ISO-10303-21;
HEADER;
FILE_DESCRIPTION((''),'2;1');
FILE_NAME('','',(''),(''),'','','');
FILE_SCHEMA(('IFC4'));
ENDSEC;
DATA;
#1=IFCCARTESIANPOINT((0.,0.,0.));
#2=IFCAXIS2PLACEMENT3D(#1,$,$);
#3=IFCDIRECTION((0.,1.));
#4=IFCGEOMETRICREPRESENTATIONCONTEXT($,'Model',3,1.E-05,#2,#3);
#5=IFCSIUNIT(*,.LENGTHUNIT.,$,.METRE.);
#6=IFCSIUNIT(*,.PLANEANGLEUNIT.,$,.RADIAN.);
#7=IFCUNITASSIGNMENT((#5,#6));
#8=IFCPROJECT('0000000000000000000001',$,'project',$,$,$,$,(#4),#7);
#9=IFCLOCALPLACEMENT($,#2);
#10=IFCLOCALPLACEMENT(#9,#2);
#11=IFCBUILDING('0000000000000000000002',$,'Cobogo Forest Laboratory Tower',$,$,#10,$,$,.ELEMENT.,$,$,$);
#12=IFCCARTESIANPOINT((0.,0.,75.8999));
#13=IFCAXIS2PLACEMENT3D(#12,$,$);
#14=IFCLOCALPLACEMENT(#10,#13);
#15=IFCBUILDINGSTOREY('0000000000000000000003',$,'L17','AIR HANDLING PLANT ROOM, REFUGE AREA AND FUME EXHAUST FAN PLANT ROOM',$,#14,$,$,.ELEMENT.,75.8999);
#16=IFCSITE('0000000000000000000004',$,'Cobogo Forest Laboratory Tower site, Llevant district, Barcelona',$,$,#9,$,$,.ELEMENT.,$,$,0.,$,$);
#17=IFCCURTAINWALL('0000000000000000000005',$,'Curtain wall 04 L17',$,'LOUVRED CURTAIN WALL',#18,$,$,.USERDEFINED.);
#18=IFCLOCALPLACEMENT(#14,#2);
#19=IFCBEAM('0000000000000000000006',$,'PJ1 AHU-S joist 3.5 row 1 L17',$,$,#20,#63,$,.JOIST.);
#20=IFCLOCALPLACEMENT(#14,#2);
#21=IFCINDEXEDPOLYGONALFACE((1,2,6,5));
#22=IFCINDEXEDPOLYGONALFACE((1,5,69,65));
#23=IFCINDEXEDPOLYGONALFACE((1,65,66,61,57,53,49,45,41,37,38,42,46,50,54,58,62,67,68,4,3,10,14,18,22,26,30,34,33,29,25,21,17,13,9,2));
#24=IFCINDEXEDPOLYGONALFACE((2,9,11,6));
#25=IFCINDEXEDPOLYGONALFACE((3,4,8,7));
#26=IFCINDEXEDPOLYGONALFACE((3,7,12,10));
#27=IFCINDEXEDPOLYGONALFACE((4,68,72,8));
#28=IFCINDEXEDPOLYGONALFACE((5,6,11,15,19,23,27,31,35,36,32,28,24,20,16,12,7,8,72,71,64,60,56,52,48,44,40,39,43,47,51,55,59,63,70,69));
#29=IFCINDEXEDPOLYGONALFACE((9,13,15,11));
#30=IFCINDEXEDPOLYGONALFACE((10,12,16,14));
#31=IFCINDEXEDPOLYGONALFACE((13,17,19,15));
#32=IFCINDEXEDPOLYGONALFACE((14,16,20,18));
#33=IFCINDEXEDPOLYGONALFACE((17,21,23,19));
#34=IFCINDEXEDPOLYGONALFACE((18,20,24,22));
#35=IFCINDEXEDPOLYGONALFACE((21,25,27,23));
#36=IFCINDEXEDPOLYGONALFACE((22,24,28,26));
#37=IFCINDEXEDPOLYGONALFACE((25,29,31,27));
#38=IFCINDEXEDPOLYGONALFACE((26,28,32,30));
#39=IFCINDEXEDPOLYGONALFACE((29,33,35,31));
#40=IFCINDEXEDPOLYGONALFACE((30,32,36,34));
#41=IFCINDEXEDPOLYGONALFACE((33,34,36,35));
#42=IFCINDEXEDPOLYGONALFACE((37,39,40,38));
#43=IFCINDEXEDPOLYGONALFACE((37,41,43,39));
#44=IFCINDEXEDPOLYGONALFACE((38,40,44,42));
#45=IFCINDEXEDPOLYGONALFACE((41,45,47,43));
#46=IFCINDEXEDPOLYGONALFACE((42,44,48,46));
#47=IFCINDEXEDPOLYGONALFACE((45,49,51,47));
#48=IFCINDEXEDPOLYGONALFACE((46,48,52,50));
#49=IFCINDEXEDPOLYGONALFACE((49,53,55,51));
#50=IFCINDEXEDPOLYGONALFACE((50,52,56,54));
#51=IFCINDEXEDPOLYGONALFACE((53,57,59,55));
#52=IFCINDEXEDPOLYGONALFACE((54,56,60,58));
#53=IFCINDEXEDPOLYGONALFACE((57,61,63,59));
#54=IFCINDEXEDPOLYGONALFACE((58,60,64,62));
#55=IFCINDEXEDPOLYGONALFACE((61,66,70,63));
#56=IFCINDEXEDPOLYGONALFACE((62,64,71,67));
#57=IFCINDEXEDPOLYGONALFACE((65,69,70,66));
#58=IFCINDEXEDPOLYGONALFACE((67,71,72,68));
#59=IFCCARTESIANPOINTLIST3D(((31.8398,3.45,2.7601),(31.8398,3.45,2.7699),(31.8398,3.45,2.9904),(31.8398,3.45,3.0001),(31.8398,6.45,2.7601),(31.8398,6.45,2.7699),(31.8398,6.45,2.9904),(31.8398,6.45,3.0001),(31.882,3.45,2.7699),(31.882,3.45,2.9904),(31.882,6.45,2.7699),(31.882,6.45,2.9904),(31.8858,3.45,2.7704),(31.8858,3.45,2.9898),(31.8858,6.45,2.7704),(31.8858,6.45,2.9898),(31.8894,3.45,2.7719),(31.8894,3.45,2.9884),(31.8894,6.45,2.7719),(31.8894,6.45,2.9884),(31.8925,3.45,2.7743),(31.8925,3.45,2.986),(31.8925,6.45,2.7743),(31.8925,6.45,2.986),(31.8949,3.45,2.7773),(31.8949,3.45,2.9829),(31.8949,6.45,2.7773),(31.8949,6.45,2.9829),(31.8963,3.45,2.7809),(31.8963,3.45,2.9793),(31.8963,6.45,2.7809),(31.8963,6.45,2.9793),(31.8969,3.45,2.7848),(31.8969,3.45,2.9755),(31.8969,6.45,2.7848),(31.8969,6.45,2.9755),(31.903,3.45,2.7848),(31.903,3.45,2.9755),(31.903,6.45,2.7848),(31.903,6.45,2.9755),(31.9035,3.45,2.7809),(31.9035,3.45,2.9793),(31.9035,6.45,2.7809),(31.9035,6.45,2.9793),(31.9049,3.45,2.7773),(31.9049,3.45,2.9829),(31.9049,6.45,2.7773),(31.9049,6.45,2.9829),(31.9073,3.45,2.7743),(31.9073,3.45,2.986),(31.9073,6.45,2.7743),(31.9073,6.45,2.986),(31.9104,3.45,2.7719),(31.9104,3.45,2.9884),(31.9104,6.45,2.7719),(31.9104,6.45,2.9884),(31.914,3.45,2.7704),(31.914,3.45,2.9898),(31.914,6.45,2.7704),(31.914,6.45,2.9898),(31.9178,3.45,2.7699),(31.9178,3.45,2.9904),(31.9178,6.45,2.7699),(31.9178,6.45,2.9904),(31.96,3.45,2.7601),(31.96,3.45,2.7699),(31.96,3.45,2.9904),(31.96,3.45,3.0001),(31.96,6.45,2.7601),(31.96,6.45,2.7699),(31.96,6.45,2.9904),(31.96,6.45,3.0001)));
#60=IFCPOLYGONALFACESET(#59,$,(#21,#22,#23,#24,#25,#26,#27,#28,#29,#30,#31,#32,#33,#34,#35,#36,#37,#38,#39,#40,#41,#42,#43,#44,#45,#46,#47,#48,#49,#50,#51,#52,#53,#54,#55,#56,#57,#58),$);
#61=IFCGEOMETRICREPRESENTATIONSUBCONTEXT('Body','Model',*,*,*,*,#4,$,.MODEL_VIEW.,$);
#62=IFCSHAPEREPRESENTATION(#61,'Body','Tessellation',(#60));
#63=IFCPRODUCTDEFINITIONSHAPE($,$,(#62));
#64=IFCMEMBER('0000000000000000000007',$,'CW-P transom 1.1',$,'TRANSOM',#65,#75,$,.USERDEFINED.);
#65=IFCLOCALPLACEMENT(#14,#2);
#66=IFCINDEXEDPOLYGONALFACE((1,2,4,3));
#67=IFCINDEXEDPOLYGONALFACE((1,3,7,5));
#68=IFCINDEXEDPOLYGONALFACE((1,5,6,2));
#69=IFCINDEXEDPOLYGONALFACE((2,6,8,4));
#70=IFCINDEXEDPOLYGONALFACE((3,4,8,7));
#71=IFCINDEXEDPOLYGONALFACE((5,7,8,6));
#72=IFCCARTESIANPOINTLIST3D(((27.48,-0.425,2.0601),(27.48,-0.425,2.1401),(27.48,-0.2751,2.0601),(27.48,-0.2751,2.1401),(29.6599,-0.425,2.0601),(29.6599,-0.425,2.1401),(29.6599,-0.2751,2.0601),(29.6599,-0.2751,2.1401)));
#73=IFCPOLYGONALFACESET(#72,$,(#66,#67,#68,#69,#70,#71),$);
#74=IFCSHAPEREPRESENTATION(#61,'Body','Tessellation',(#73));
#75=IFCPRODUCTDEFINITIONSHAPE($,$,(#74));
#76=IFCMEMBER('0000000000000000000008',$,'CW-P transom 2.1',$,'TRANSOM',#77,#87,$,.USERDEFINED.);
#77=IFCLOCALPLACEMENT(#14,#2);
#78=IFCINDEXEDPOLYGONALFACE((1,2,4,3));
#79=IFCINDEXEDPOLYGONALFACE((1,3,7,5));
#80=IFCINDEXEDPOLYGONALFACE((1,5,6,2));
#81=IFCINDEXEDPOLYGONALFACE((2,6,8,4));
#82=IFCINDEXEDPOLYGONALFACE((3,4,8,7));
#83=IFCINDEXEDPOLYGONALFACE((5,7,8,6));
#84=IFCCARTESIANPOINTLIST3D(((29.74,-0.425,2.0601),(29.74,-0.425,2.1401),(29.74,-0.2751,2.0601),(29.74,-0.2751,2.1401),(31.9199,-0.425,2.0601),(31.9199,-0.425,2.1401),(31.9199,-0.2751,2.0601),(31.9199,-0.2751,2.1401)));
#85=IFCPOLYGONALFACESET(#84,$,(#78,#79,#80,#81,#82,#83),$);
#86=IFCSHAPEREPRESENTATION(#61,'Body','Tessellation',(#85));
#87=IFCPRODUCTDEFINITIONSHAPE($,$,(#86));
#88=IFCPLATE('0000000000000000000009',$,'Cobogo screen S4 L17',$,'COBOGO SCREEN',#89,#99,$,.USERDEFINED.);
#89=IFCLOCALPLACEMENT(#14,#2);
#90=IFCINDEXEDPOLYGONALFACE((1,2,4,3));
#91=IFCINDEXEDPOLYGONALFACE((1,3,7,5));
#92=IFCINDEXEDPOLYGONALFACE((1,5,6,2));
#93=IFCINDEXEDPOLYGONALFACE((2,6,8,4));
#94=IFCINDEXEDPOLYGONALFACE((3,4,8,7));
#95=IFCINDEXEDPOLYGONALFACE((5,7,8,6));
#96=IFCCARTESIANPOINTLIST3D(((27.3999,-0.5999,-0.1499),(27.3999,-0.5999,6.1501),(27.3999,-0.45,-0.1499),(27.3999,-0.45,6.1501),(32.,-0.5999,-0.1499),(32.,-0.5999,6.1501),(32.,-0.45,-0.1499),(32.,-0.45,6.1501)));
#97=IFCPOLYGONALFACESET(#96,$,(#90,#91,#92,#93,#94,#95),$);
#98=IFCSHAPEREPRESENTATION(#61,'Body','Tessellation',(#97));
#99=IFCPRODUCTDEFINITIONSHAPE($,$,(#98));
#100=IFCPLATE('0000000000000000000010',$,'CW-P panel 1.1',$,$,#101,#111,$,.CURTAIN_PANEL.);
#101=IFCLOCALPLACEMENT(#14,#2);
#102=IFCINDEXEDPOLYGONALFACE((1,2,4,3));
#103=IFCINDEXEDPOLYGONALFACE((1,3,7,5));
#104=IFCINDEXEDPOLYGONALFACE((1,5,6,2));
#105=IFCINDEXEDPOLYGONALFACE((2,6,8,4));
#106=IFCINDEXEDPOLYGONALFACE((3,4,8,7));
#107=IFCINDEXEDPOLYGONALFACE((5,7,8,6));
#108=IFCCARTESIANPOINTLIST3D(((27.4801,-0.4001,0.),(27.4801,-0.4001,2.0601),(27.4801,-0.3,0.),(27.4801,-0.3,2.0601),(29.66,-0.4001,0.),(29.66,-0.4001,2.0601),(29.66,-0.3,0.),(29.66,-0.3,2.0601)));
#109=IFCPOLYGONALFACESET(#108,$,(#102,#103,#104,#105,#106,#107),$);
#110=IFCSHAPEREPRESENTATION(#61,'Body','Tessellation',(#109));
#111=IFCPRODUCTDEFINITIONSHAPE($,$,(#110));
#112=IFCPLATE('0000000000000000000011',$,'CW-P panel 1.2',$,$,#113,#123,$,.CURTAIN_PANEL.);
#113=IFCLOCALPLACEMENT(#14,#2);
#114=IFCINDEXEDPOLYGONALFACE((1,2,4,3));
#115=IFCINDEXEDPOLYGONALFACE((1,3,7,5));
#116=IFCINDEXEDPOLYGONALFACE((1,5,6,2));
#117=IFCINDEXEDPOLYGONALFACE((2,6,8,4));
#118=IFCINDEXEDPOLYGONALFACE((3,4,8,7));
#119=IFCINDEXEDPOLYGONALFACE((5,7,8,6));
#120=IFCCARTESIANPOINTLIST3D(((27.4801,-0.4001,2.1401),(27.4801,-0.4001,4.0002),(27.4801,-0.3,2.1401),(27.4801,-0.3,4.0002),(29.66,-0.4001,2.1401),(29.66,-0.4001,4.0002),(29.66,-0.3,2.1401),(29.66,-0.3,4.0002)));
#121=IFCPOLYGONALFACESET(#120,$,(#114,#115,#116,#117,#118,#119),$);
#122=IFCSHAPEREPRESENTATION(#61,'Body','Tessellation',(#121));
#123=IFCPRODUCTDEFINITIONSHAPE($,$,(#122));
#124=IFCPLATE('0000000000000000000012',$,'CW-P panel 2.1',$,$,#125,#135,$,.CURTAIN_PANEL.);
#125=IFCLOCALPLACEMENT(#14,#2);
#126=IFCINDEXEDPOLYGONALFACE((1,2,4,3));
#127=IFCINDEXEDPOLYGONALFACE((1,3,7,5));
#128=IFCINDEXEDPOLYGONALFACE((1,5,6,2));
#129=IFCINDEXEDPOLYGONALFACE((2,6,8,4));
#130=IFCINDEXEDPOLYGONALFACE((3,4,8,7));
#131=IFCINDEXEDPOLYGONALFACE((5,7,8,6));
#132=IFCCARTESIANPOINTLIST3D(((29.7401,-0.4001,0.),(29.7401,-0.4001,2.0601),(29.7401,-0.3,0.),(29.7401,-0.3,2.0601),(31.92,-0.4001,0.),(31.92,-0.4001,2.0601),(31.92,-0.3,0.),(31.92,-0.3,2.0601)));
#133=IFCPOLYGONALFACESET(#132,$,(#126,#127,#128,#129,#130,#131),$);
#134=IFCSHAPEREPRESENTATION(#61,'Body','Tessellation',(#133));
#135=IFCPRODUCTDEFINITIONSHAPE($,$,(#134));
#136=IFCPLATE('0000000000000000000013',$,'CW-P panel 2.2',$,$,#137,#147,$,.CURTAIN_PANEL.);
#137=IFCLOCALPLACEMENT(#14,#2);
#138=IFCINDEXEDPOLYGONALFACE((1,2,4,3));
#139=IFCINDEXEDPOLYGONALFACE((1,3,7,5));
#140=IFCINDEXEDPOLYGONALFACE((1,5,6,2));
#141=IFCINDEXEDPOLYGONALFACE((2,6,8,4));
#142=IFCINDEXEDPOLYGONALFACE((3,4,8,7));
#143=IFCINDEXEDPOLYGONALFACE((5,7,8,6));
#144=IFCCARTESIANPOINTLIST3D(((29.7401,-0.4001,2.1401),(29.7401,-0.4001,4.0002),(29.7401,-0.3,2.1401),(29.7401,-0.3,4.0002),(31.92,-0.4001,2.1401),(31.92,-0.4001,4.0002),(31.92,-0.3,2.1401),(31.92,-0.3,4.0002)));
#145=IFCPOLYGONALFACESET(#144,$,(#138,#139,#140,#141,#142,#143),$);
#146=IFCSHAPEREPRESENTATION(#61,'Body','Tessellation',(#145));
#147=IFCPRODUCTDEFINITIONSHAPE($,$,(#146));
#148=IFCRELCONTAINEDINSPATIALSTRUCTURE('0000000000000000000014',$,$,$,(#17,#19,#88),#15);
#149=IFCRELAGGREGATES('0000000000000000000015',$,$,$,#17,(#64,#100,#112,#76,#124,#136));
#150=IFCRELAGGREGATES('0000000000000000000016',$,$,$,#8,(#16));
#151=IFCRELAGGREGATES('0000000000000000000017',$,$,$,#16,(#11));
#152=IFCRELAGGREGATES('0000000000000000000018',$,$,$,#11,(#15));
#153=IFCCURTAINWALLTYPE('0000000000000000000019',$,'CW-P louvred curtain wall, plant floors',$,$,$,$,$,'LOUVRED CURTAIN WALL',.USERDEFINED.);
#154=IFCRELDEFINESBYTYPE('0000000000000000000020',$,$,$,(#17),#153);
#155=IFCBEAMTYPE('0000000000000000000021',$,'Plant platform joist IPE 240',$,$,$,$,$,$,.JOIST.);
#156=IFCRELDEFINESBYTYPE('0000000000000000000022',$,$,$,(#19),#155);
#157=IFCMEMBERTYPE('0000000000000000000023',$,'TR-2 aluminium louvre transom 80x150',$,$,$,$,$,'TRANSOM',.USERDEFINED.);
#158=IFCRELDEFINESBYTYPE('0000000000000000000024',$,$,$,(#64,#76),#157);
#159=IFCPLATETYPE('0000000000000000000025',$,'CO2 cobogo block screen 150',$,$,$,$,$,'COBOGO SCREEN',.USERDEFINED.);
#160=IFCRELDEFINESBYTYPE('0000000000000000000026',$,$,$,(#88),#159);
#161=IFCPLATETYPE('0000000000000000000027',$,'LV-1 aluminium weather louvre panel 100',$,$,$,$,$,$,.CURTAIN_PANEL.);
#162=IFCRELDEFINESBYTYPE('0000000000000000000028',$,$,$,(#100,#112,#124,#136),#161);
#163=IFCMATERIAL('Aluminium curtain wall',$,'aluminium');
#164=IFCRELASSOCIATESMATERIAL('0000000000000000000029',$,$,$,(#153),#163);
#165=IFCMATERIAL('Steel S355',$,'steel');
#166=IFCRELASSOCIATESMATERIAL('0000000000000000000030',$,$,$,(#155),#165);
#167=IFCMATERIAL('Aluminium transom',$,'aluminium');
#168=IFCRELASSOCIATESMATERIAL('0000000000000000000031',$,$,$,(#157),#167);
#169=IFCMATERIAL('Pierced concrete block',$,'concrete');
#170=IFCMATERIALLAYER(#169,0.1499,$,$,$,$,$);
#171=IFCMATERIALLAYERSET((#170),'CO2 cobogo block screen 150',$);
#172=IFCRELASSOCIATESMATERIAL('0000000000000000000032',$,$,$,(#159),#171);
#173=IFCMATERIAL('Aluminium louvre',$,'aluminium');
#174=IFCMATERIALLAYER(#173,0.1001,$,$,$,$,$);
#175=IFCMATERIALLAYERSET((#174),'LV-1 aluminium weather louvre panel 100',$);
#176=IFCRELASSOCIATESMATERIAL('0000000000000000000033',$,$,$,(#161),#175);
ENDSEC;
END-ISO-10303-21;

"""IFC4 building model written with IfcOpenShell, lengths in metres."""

from ifc_helpers import new_model, si_unit, direction, frame, origin, origin_2d, place, context, subcontext, project, spatial, rectangle, i_section, extrude, material, layer, layer_set, material_profile, profile_set, type_object, element, aggregate, save


model = new_model("IFC4")

# Units and contexts
model_context = context("Model", 3, precision=1e-05, world=origin(), true_north=direction((0.0, 1.0)))
body_context = subcontext(model_context, "Body", "Model", "MODEL_VIEW")
ifc_project = project(units=[si_unit("LENGTHUNIT", "METRE"), si_unit("PLANEANGLEUNIT", "RADIAN")], contexts=[model_context])

# Site, building, storey
site_placement = place(None, origin())
site = spatial("IfcSite", under=ifc_project, at=site_placement, Name="Cobogo Forest Laboratory Tower site, Llevant district, Barcelona", CompositionType="ELEMENT", RefElevation=0.0)
building_placement = place(site_placement, origin())
building = spatial("IfcBuilding", under=site, at=building_placement, Name="Cobogo Forest Laboratory Tower", CompositionType="ELEMENT")
storey_placement = place(building_placement, frame((0.0, 0.0, 75.8999)))
storey = spatial("IfcBuildingStorey", under=building, at=storey_placement, Name="L17", Description="AIR HANDLING PLANT ROOM, REFUGE AREA AND FUME EXHAUST FAN PLANT ROOM", CompositionType="ELEMENT", Elevation=75.8999)

# Curtain wall
ifc_material_1 = material(Name="Aluminium curtain wall", Category="aluminium")
curtain_wall_type = type_object("IfcCurtainWallType", Name="CW-P louvred curtain wall, plant floors", ElementType="LOUVRED CURTAIN WALL", PredefinedType="USERDEFINED", material=ifc_material_1)
curtain_wall_placement = place(storey_placement, origin())
curtain_wall = element("IfcCurtainWall", 1, at=curtain_wall_placement, inside=storey, type_object=curtain_wall_type, Name="Curtain wall 04 L17", ObjectType="LOUVRED CURTAIN WALL", PredefinedType="USERDEFINED")

# Shared definitions
ifc_material_2 = material(Name="Steel S355", Category="steel")

# Beam
ifc_material_profile_1 = material_profile(ifc_material_2, i_section(OverallWidth=0.1201, OverallDepth=0.24, WebThickness=0.0061, FlangeThickness=0.0098, FilletRadius=0.0149, at=origin_2d()), Name="IPE 240")
ifc_profile_set_1 = profile_set([ifc_material_profile_1], Name="Steel S355")
beam_type_1 = type_object("IfcBeamType", Name="Plant platform joist IPE 240", PredefinedType="JOIST", material=ifc_profile_set_1)
for number, where, z_axis, x_axis, name in (
    (2, (31.8999, 3.45, 2.8801), (0.0, 1.0, 0.0), (-1.0, 0.0, 0.0), "PJ1 AHU-S joist 3.5 row 1 L17"),
):
    element("IfcBeam", number, at=place(storey_placement, frame(where, z_axis=z_axis, x_axis=x_axis)), inside=storey, type_object=beam_type_1, Name=name, PredefinedType="JOIST", context=body_context, shape_type="SweptSolid", body=[
        extrude(i_section(OverallWidth=0.1201, OverallDepth=0.24, WebThickness=0.0061, FlangeThickness=0.0098, FilletRadius=0.0149, at=origin_2d()), origin(), (0.0, 0.0, 1.0), 3.0),
    ])

# Members
ifc_material_3 = material(Name="Aluminium transom", Category="aluminium")
ifc_material_profile_2 = material_profile(ifc_material_3, rectangle(XDim=0.1499, YDim=0.0801, at=origin_2d()), Name="AL 80x150")
ifc_profile_set_2 = profile_set([ifc_material_profile_2], Name="Aluminium transom")
member_type_1 = type_object("IfcMemberType", Name="TR-2 aluminium louvre transom 80x150", ElementType="TRANSOM", PredefinedType="USERDEFINED", material=ifc_profile_set_2)
member_1_placement = place(storey_placement, frame((27.48, -0.3501, 2.1001), z_axis=(1.0, 0.0, 0.0), x_axis=(0.0, 1.0, 0.0)))
member_1 = element("IfcMember", 3, at=member_1_placement, type_object=member_type_1, Name="CW-P transom 1.1", ObjectType="TRANSOM", PredefinedType="USERDEFINED", context=body_context, shape_type="SweptSolid", body=[
    extrude(rectangle(XDim=0.1499, YDim=0.0801, at=origin_2d()), origin(), (0.0, 0.0, 1.0), 2.1799),
])
member_2_placement = place(storey_placement, frame((29.74, -0.3501, 2.1001), z_axis=(1.0, 0.0, 0.0), x_axis=(0.0, 1.0, 0.0)))
member_2 = element("IfcMember", 4, at=member_2_placement, type_object=member_type_1, Name="CW-P transom 2.1", ObjectType="TRANSOM", PredefinedType="USERDEFINED", context=body_context, shape_type="SweptSolid", body=[
    extrude(rectangle(XDim=0.1499, YDim=0.0801, at=origin_2d()), origin(), (0.0, 0.0, 1.0), 2.1799),
])

# Plates
ifc_material_4 = material(Name="Pierced concrete block", Category="concrete")
ifc_layer_1 = layer(ifc_material_4, 0.1499)
ifc_layer_set_1 = layer_set([ifc_layer_1], Name="CO2 cobogo block screen 150")
plate_type_1 = type_object("IfcPlateType", Name="CO2 cobogo block screen 150", ElementType="COBOGO SCREEN", PredefinedType="USERDEFINED", material=ifc_layer_set_1)
plate_1_placement = place(storey_placement, frame((29.7, -0.5249, -0.1499), z_axis=(0.0, 0.0, 1.0), x_axis=(1.0, 0.0, 0.0)))
element("IfcPlate", 5, at=plate_1_placement, inside=storey, type_object=plate_type_1, Name="Cobogo screen S4 L17", ObjectType="COBOGO SCREEN", PredefinedType="USERDEFINED", context=body_context, shape_type="SweptSolid", body=[
    extrude(rectangle(XDim=4.6001, YDim=0.1499, at=origin_2d()), origin(), (0.0, 0.0, 1.0), 6.3),
])
ifc_material_5 = material(Name="Aluminium louvre", Category="aluminium")
ifc_layer_2 = layer(ifc_material_5, 0.1001)
ifc_layer_set_2 = layer_set([ifc_layer_2], Name="LV-1 aluminium weather louvre panel 100")
plate_type_2 = type_object("IfcPlateType", Name="LV-1 aluminium weather louvre panel 100", PredefinedType="CURTAIN_PANEL", material=ifc_layer_set_2)
plate_2_placement = place(storey_placement, frame((28.5701, -0.3501, 0.0), z_axis=(0.0, 0.0, 1.0), x_axis=(1.0, 0.0, 0.0)))
plate_2 = element("IfcPlate", 6, at=plate_2_placement, type_object=plate_type_2, Name="CW-P panel 1.1", PredefinedType="CURTAIN_PANEL", context=body_context, shape_type="SweptSolid", body=[
    extrude(rectangle(XDim=2.1799, YDim=0.1001, at=origin_2d()), origin(), (0.0, 0.0, 1.0), 2.0601),
])
plate_3_placement = place(storey_placement, frame((28.5701, -0.3501, 2.1401), z_axis=(0.0, 0.0, 1.0), x_axis=(1.0, 0.0, 0.0)))
plate_3 = element("IfcPlate", 7, at=plate_3_placement, type_object=plate_type_2, Name="CW-P panel 1.2", PredefinedType="CURTAIN_PANEL", context=body_context, shape_type="SweptSolid", body=[
    extrude(rectangle(XDim=2.1799, YDim=0.1001, at=origin_2d()), origin(), (0.0, 0.0, 1.0), 1.8601),
])
plate_4_placement = place(storey_placement, frame((30.8301, -0.3501, 0.0), z_axis=(0.0, 0.0, 1.0), x_axis=(1.0, 0.0, 0.0)))
plate_4 = element("IfcPlate", 8, at=plate_4_placement, type_object=plate_type_2, Name="CW-P panel 2.1", PredefinedType="CURTAIN_PANEL", context=body_context, shape_type="SweptSolid", body=[
    extrude(rectangle(XDim=2.1799, YDim=0.1001, at=origin_2d()), origin(), (0.0, 0.0, 1.0), 2.0601),
])
plate_5_placement = place(storey_placement, frame((30.8301, -0.3501, 2.1401), z_axis=(0.0, 0.0, 1.0), x_axis=(1.0, 0.0, 0.0)))
plate_5 = element("IfcPlate", 9, at=plate_5_placement, type_object=plate_type_2, Name="CW-P panel 2.2", PredefinedType="CURTAIN_PANEL", context=body_context, shape_type="SweptSolid", body=[
    extrude(rectangle(XDim=2.1799, YDim=0.1001, at=origin_2d()), origin(), (0.0, 0.0, 1.0), 1.8601),
])
aggregate(curtain_wall, [member_1, plate_2, plate_3, member_2, plate_4, plate_5])

save(model, "model.ifc")
